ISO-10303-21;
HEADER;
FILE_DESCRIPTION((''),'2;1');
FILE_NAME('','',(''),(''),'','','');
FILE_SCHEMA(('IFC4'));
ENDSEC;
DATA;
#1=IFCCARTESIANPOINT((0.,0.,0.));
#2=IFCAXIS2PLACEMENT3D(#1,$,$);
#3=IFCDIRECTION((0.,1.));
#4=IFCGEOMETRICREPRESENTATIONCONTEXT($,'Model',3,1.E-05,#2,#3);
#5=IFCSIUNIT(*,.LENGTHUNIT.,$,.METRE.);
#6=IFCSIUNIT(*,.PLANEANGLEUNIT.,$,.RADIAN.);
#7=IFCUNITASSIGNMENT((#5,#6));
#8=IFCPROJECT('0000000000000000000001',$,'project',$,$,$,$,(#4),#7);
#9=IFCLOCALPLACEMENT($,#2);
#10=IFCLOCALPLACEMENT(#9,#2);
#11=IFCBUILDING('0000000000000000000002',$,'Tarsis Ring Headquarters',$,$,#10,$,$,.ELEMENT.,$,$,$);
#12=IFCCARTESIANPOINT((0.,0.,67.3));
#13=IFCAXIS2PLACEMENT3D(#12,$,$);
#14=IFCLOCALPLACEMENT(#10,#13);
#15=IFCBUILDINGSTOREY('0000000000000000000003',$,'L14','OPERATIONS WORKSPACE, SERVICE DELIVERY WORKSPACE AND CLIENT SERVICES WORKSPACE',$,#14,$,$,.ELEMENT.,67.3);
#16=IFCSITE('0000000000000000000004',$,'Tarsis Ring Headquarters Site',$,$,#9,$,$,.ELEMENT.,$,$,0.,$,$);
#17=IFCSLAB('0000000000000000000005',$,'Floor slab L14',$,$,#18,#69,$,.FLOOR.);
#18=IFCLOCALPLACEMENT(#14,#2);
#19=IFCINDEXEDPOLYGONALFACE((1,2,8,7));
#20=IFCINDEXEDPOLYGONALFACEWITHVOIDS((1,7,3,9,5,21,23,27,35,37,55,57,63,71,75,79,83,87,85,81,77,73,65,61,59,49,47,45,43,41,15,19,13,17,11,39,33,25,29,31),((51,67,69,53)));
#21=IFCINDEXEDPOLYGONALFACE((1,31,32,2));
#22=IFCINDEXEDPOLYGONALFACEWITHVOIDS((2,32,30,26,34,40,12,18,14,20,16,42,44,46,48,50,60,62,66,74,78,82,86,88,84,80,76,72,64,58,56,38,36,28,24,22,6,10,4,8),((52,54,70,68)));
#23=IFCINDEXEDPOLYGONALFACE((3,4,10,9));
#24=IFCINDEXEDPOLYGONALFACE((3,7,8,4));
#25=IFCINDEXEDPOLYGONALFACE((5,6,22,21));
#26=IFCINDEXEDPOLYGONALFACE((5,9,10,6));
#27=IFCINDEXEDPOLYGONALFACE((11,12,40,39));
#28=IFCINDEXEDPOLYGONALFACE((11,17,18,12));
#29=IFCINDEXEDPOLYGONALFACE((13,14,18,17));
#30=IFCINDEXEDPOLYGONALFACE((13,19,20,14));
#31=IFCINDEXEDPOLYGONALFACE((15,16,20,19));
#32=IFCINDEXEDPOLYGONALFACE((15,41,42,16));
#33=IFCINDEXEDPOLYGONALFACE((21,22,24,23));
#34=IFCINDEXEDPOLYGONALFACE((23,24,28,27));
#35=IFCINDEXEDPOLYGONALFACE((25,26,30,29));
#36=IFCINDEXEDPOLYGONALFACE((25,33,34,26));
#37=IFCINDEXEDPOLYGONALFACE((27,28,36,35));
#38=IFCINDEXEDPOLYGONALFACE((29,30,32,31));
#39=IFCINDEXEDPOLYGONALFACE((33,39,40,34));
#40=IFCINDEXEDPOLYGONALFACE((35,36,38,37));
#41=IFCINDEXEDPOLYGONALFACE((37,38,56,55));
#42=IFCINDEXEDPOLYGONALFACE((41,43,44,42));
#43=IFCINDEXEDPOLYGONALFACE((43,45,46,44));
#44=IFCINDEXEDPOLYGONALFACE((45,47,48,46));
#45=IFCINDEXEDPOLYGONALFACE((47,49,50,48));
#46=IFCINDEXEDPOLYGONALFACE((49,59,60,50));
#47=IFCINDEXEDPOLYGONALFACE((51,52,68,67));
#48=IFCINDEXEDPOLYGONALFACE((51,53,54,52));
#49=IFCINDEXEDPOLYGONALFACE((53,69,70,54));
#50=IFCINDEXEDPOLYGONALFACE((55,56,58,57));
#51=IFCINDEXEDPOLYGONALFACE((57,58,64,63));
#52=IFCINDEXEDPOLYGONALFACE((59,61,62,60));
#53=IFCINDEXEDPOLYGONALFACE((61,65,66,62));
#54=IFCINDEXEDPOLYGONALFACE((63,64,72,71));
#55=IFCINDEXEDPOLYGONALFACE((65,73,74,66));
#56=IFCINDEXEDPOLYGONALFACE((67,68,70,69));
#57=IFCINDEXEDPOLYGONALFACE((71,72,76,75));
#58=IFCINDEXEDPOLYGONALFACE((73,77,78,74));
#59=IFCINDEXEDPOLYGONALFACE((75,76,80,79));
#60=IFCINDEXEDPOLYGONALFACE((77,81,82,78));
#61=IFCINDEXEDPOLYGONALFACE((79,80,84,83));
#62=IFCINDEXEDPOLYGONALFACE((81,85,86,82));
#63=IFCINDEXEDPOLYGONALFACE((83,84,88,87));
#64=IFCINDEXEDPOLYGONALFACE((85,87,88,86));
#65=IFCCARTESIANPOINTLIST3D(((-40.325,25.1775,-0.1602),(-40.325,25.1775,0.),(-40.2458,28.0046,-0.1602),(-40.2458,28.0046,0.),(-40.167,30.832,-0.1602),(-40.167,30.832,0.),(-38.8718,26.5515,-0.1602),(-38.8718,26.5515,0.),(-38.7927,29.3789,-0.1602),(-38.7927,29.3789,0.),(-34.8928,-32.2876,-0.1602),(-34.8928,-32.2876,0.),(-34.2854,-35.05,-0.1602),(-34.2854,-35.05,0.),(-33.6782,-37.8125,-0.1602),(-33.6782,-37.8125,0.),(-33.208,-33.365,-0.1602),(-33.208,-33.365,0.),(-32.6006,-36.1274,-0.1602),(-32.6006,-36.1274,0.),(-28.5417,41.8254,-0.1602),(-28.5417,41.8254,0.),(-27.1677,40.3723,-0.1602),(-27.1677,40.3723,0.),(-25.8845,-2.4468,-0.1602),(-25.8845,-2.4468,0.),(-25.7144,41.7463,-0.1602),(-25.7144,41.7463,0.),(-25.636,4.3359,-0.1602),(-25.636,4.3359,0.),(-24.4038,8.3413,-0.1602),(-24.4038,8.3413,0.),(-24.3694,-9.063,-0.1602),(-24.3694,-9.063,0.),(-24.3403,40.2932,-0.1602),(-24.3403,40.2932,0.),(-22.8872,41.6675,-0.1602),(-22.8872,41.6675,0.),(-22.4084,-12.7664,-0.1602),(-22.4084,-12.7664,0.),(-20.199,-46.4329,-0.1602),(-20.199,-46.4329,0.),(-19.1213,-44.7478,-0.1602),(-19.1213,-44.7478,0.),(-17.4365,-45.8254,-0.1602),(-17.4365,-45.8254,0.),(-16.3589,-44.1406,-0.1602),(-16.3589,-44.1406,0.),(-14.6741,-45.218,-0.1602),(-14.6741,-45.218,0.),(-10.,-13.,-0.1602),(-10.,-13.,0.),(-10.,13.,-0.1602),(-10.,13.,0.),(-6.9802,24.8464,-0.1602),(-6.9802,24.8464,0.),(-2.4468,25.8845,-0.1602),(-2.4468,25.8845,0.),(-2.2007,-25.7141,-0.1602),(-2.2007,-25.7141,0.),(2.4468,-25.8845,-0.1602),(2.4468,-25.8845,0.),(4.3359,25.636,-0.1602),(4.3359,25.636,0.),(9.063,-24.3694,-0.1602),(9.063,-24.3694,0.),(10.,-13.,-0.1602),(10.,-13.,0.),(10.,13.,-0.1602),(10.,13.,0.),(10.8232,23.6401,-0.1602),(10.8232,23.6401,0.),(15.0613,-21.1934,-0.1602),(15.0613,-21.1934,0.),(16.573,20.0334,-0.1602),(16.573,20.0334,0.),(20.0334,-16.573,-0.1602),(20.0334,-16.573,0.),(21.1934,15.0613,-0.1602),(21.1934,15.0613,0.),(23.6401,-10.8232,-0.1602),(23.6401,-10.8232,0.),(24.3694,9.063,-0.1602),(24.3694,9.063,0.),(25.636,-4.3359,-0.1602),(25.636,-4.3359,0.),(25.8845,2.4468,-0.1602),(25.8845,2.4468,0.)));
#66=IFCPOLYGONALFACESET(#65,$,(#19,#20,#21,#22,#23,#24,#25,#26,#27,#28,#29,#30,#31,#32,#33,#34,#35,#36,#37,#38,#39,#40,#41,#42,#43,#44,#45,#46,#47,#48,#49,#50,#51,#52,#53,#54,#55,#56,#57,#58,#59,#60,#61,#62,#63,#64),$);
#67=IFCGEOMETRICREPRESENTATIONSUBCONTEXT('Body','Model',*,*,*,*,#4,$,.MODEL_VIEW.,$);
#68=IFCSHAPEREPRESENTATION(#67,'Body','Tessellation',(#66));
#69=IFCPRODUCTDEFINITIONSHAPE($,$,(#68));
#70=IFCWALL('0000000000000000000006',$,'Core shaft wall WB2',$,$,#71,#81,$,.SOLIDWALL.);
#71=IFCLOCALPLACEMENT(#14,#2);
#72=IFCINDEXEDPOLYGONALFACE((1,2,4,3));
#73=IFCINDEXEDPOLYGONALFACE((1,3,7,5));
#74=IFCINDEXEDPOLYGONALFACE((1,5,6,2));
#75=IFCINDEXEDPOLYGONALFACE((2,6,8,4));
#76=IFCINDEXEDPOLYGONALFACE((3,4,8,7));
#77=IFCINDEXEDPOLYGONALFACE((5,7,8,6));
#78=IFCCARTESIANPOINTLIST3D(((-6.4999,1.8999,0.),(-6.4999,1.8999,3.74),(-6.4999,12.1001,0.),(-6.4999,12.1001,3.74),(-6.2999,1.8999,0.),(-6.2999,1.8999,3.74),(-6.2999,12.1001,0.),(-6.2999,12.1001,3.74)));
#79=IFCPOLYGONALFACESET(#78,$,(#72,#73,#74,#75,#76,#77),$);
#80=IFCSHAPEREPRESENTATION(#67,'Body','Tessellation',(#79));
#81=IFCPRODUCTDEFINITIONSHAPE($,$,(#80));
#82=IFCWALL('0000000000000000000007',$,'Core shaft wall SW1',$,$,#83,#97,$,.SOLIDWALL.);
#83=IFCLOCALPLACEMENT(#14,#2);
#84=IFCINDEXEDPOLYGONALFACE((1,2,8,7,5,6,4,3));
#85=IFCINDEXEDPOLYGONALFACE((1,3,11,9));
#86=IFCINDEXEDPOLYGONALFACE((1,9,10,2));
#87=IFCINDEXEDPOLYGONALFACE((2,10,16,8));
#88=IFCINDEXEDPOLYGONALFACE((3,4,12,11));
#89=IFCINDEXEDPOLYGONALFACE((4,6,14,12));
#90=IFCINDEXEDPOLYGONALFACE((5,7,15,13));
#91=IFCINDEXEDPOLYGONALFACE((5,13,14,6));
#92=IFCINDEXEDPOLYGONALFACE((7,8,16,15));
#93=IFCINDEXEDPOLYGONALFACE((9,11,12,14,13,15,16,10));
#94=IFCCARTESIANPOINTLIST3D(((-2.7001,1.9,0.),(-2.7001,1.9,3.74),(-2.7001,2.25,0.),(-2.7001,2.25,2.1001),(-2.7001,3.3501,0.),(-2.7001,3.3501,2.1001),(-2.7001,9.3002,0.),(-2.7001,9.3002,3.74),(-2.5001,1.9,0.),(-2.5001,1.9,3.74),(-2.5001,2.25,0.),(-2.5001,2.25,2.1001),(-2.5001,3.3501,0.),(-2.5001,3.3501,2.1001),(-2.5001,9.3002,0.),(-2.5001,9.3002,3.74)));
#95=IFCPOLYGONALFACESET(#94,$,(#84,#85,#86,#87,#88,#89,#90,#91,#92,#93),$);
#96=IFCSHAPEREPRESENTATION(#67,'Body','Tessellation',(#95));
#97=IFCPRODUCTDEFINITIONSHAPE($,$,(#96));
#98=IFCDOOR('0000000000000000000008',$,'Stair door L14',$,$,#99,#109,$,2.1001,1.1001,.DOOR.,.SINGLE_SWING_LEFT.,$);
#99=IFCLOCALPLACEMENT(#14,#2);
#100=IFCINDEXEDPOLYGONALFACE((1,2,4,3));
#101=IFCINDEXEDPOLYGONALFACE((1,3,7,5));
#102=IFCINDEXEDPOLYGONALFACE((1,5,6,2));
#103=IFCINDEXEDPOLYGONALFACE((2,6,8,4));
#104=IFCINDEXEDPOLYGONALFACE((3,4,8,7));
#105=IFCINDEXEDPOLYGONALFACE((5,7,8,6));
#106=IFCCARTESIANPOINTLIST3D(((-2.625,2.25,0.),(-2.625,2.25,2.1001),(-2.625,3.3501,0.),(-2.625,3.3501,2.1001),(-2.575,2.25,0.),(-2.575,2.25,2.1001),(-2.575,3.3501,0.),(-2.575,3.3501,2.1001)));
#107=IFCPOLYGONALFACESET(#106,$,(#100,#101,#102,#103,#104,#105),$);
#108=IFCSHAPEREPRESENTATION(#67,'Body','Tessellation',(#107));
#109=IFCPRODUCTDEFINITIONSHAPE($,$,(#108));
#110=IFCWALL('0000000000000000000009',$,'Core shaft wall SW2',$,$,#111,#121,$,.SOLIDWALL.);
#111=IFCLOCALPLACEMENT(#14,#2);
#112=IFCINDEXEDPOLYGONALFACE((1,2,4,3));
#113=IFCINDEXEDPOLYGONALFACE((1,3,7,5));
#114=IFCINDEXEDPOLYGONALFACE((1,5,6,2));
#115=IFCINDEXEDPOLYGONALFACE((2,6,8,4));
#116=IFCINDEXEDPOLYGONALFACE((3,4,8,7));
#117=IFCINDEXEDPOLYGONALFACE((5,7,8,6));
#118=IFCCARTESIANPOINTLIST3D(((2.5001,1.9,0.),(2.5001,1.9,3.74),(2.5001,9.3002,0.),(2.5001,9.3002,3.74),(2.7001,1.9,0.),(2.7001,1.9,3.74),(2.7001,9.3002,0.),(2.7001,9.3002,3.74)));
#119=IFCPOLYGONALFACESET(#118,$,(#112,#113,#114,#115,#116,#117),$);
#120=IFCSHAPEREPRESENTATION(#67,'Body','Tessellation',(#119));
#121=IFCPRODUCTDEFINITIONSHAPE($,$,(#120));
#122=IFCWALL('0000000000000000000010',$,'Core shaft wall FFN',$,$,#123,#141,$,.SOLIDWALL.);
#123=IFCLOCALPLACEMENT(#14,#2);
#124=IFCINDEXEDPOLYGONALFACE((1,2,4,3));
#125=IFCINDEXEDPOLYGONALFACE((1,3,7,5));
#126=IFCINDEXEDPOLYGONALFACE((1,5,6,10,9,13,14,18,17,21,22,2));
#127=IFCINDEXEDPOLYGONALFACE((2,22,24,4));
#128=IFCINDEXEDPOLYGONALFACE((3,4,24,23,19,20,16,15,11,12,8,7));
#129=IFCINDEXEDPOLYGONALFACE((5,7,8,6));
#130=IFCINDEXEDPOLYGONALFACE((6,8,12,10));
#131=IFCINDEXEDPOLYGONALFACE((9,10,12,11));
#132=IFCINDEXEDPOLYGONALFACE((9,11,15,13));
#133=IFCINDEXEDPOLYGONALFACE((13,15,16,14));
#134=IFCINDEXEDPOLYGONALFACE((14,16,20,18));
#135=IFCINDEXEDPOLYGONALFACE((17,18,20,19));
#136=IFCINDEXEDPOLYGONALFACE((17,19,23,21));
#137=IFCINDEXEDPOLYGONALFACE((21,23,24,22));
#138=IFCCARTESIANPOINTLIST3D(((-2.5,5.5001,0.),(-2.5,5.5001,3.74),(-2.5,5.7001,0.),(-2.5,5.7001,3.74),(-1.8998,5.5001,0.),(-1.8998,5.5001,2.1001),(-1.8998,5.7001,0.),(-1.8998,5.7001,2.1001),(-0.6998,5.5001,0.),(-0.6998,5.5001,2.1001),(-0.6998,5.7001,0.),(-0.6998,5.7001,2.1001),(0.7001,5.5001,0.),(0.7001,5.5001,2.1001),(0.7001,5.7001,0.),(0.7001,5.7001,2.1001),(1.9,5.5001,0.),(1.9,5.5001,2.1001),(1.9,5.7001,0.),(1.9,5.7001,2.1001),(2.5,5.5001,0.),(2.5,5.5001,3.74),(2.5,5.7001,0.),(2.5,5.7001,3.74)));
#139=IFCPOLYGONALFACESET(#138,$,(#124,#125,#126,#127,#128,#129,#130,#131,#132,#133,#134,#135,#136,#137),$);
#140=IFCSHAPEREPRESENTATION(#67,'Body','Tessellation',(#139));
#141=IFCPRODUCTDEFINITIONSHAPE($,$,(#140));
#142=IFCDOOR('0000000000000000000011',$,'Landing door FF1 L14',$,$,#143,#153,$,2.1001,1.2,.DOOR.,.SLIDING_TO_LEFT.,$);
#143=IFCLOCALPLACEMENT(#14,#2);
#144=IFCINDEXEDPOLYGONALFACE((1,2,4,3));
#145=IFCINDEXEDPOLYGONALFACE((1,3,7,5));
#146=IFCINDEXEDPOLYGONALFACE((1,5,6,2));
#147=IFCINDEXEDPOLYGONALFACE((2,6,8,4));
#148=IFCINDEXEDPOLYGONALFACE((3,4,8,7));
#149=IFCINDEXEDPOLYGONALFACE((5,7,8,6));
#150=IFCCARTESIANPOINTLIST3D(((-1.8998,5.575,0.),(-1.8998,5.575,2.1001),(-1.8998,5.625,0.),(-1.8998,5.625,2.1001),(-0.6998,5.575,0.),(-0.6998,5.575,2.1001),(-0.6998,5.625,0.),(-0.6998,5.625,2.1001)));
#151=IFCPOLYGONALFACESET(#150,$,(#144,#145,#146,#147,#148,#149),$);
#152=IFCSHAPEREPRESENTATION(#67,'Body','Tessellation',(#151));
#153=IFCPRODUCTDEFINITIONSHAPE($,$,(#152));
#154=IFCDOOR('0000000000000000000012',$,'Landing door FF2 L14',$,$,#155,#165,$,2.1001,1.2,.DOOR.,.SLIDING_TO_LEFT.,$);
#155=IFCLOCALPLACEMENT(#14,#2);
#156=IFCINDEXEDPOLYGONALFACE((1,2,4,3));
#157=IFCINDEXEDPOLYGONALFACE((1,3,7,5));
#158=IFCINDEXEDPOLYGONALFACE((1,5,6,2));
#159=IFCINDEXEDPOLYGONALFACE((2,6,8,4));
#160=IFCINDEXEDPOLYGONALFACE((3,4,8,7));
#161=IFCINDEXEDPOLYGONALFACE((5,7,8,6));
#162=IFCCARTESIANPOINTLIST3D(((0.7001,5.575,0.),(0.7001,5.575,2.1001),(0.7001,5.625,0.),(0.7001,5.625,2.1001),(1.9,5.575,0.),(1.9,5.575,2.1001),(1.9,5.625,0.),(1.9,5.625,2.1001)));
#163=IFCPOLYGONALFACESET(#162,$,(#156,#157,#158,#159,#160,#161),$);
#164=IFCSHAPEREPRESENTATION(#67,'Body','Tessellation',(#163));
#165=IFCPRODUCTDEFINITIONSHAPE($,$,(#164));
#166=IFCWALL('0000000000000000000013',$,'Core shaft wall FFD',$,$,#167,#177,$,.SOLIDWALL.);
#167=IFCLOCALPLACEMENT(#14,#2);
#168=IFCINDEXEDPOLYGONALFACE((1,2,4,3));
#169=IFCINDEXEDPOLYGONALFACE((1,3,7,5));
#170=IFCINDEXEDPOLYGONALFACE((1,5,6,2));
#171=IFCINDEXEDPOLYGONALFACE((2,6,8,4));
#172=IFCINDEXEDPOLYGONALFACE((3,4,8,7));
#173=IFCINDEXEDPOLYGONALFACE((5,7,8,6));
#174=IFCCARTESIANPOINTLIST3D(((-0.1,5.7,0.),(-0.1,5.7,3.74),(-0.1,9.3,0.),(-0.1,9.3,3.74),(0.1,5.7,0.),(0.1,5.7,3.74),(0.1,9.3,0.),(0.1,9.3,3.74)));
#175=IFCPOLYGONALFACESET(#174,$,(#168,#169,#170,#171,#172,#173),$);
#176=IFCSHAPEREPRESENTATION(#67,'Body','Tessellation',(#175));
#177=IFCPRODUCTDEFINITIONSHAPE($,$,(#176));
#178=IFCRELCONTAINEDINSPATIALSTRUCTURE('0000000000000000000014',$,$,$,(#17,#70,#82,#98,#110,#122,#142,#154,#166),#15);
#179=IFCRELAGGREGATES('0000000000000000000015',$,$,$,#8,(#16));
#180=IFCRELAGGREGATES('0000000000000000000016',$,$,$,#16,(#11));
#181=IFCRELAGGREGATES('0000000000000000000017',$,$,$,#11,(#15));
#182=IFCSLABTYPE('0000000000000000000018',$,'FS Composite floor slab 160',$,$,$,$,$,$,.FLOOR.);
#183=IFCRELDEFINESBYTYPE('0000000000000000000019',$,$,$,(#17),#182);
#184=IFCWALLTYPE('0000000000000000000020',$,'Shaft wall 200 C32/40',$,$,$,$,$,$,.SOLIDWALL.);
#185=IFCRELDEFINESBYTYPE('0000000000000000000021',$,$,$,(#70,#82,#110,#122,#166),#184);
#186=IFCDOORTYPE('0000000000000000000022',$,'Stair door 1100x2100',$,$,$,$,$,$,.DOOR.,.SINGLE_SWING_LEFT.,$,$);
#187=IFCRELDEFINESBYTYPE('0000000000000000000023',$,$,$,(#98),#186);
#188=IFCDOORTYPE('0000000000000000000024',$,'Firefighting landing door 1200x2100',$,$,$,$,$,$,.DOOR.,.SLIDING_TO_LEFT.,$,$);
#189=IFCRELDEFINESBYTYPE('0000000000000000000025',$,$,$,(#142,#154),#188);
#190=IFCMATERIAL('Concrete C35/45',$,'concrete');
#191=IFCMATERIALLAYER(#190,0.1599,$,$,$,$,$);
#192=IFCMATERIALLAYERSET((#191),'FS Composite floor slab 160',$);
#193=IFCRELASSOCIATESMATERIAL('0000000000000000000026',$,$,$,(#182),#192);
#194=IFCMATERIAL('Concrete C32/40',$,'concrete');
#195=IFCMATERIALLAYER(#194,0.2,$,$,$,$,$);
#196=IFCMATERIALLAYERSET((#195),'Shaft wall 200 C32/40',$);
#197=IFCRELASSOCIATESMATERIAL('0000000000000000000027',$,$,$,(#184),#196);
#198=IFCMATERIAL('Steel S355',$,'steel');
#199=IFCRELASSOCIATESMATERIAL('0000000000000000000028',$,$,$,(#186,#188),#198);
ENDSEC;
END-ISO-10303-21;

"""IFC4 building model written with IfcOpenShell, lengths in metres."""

from ifc_helpers import new_model, si_unit, direction, frame, frame_2d, origin, place, context, subcontext, project, spatial, polyline, rectangle, outline, extrude, material, layer, layer_set, type_object, element, fill, save


model = new_model("IFC4")

# Units and contexts
model_context = context("Model", 3, precision=1e-05, world=origin(), true_north=direction((0.0, 1.0)))
body_context = subcontext(model_context, "Body", "Model", "MODEL_VIEW")
ifc_project = project(units=[si_unit("LENGTHUNIT", "METRE"), si_unit("PLANEANGLEUNIT", "RADIAN")], contexts=[model_context])

# Site, building, storey
site_placement = place(None, origin())
site = spatial("IfcSite", under=ifc_project, at=site_placement, Name="Tarsis Ring Headquarters Site", CompositionType="ELEMENT", RefElevation=0.0)
building_placement = place(site_placement, origin())
building = spatial("IfcBuilding", under=site, at=building_placement, Name="Tarsis Ring Headquarters", CompositionType="ELEMENT")
storey_placement = place(building_placement, frame((0.0, 0.0, 67.3)))
storey = spatial("IfcBuildingStorey", under=building, at=storey_placement, Name="L14", Description="OPERATIONS WORKSPACE, SERVICE DELIVERY WORKSPACE AND CLIENT SERVICES WORKSPACE", CompositionType="ELEMENT", Elevation=67.3)

# Slab
ifc_material_1 = material(Name="Concrete C35/45", Category="concrete")
ifc_layer_1 = layer(ifc_material_1, 0.1599)
ifc_layer_set_1 = layer_set([ifc_layer_1], Name="FS Composite floor slab 160")
slab_type_1 = type_object("IfcSlabType", Name="FS Composite floor slab 160", PredefinedType="FLOOR", material=ifc_layer_set_1)
slab_1_placement = place(storey_placement, frame((0.0, 0.0, -0.1602)))
element("IfcSlab", 1, at=slab_1_placement, inside=storey, type_object=slab_type_1, Name="Floor slab L14", PredefinedType="FLOOR", context=body_context, shape_type="SweptSolid", body=[
    extrude(outline(polyline([(-24.4038, 8.3413), (-25.636, 4.3359), (-25.8845, -2.4468), (-24.3694, -9.063), (-22.4084, -12.7664), (-34.8928, -32.2876), (-33.208, -33.365), (-34.2854, -35.05), (-32.6006, -36.1274), (-33.6782, -37.8125), (-20.199, -46.4329), (-19.1213, -44.7478), (-17.4365, -45.8254), (-16.3589, -44.1406), (-14.6741, -45.218), (-2.2007, -25.7141), (2.4468, -25.8845), (9.063, -24.3694), (15.0613, -21.1934), (20.0334, -16.573), (23.6401, -10.8232), (25.636, -4.3359), (25.8845, 2.4468), (24.3694, 9.063), (21.1934, 15.0613), (16.573, 20.0334), (10.8232, 23.6401), (4.3359, 25.636), (-2.4468, 25.8845), (-6.9802, 24.8464), (-22.8872, 41.6675), (-24.3403, 40.2932), (-25.7144, 41.7463), (-27.1677, 40.3723), (-28.5417, 41.8254), (-40.167, 30.832), (-38.7927, 29.3789), (-40.2458, 28.0046), (-38.8718, 26.5515), (-40.325, 25.1775), (-24.4038, 8.3413)]), holes=[polyline([(-10.0, -13.0), (-10.0, 13.0), (10.0, 13.0), (10.0, -13.0), (-10.0, -13.0)])]), origin(), (0.0, 0.0, 1.0), 0.1602),
])

# Wall
ifc_material_2 = material(Name="Concrete C32/40", Category="concrete")
ifc_layer_2 = layer(ifc_material_2, 0.2)
ifc_layer_set_2 = layer_set([ifc_layer_2], Name="Shaft wall 200 C32/40")
wall_type = type_object("IfcWallType", Name="Shaft wall 200 C32/40", PredefinedType="SOLIDWALL", material=ifc_layer_set_2)
wall_1_placement = place(storey_placement, frame((-6.3999, 1.8999, 0.0), z_axis=(0.0, 0.0, 1.0), x_axis=(0.0, 1.0, 0.0)))
element("IfcWall", 2, at=wall_1_placement, inside=storey, type_object=wall_type, Name="Core shaft wall WB2", PredefinedType="SOLIDWALL", context=body_context, shape_type="SweptSolid", body=[
    extrude(rectangle(XDim=10.2002, YDim=0.2, at=frame_2d((5.1001, 0.0))), origin(), (0.0, 0.0, 1.0), 3.74),
])

# Wall, opening, door
wall_2_placement = place(storey_placement, frame((-2.6001, 1.8999, 0.0), z_axis=(0.0, 0.0, 1.0), x_axis=(0.0, 1.0, 0.0)))
wall_2 = element("IfcWall", 3, at=wall_2_placement, inside=storey, type_object=wall_type, Name="Core shaft wall SW1", PredefinedType="SOLIDWALL", context=body_context, shape_type="SweptSolid", body=[
    extrude(rectangle(XDim=7.4001, YDim=0.2, at=frame_2d((3.7002, 0.0))), origin(), (0.0, 0.0, 1.0), 3.74),
])
opening_1_placement = place(wall_2_placement, frame((0.3501, 0.0, 0.0)))
opening_1 = element("IfcOpeningElement", 4, at=opening_1_placement, cuts=wall_2, PredefinedType="OPENING", context=body_context, shape_type="SweptSolid", body=[
    extrude(rectangle(XDim=1.1001, YDim=2.1001, at=frame_2d((0.55, 1.05))), frame((0.0, 0.1099, 0.0), z_axis=(0.0, -1.0, 0.0), x_axis=(1.0, 0.0, 0.0)), (0.0, 0.0, 1.0), 0.22),
])
ifc_material_3 = material(Name="Steel S355", Category="steel")
door_type_1 = type_object("IfcDoorType", Name="Stair door 1100x2100", OperationType="SINGLE_SWING_LEFT", PredefinedType="DOOR", material=ifc_material_3)
door_1_placement = place(opening_1_placement, origin())
door_1 = element("IfcDoor", 5, at=door_1_placement, inside=storey, type_object=door_type_1, Name="Stair door L14", OperationType="SINGLE_SWING_LEFT", OverallHeight=2.1001, OverallWidth=1.1001, PredefinedType="DOOR", context=body_context, shape_type="SweptSolid", body=[
    extrude(rectangle(XDim=1.1001, YDim=2.1001, at=frame_2d((0.55, 1.05))), frame((0.0, 0.0249, 0.0), z_axis=(0.0, -1.0, 0.0), x_axis=(1.0, 0.0, 0.0)), (0.0, 0.0, 1.0), 0.05),
])
fill(opening_1, door_1)

# Wall
wall_3_placement = place(storey_placement, frame((2.6001, 1.8999, 0.0), z_axis=(0.0, 0.0, 1.0), x_axis=(0.0, 1.0, 0.0)))
element("IfcWall", 6, at=wall_3_placement, inside=storey, type_object=wall_type, Name="Core shaft wall SW2", PredefinedType="SOLIDWALL", context=body_context, shape_type="SweptSolid", body=[
    extrude(rectangle(XDim=7.4001, YDim=0.2, at=frame_2d((3.7002, 0.0))), origin(), (0.0, 0.0, 1.0), 3.74),
])

# Wall, openings, doors
wall_4_placement = place(storey_placement, frame((-2.5, 5.6001, 0.0), z_axis=(0.0, 0.0, 1.0), x_axis=(1.0, 0.0, 0.0)))
wall_4 = element("IfcWall", 7, at=wall_4_placement, inside=storey, type_object=wall_type, Name="Core shaft wall FFN", PredefinedType="SOLIDWALL", context=body_context, shape_type="SweptSolid", body=[
    extrude(rectangle(XDim=5.0, YDim=0.2, at=frame_2d((2.5, 0.0))), origin(), (0.0, 0.0, 1.0), 3.74),
])
opening_2_placement = place(wall_4_placement, frame((0.6001, 0.0, 0.0)))
opening_2 = element("IfcOpeningElement", 8, at=opening_2_placement, cuts=wall_4, PredefinedType="OPENING", context=body_context, shape_type="SweptSolid", body=[
    extrude(rectangle(XDim=1.2, YDim=2.1001, at=frame_2d((0.6001, 1.05))), frame((0.0, 0.1099, 0.0), z_axis=(0.0, -1.0, 0.0), x_axis=(1.0, 0.0, 0.0)), (0.0, 0.0, 1.0), 0.22),
])
opening_3_placement = place(wall_4_placement, frame((3.2, 0.0, 0.0)))
opening_3 = element("IfcOpeningElement", 9, at=opening_3_placement, cuts=wall_4, PredefinedType="OPENING", context=body_context, shape_type="SweptSolid", body=[
    extrude(rectangle(XDim=1.2, YDim=2.1001, at=frame_2d((0.6001, 1.05))), frame((0.0, 0.1099, 0.0), z_axis=(0.0, -1.0, 0.0), x_axis=(1.0, 0.0, 0.0)), (0.0, 0.0, 1.0), 0.22),
])
door_type_2 = type_object("IfcDoorType", Name="Firefighting landing door 1200x2100", OperationType="SLIDING_TO_LEFT", PredefinedType="DOOR", material=ifc_material_3)
door_2_placement = place(opening_2_placement, origin())
door_2 = element("IfcDoor", 10, at=door_2_placement, inside=storey, type_object=door_type_2, Name="Landing door FF1 L14", OperationType="SLIDING_TO_LEFT", OverallHeight=2.1001, OverallWidth=1.2, PredefinedType="DOOR", context=body_context, shape_type="SweptSolid", body=[
    extrude(rectangle(XDim=1.2, YDim=2.1001, at=frame_2d((0.6001, 1.05))), frame((0.0, 0.0249, 0.0), z_axis=(0.0, -1.0, 0.0), x_axis=(1.0, 0.0, 0.0)), (0.0, 0.0, 1.0), 0.05),
])
fill(opening_2, door_2)
door_3_placement = place(opening_3_placement, origin())
door_3 = element("IfcDoor", 11, at=door_3_placement, inside=storey, type_object=door_type_2, Name="Landing door FF2 L14", OperationType="SLIDING_TO_LEFT", OverallHeight=2.1001, OverallWidth=1.2, PredefinedType="DOOR", context=body_context, shape_type="SweptSolid", body=[
    extrude(rectangle(XDim=1.2, YDim=2.1001, at=frame_2d((0.6001, 1.05))), frame((0.0, 0.0249, 0.0), z_axis=(0.0, -1.0, 0.0), x_axis=(1.0, 0.0, 0.0)), (0.0, 0.0, 1.0), 0.05),
])
fill(opening_3, door_3)

# Wall
wall_5_placement = place(storey_placement, frame((0.0, 5.7, 0.0), z_axis=(0.0, 0.0, 1.0), x_axis=(0.0, 1.0, 0.0)))
element("IfcWall", 12, at=wall_5_placement, inside=storey, type_object=wall_type, Name="Core shaft wall FFD", PredefinedType="SOLIDWALL", context=body_context, shape_type="SweptSolid", body=[
    extrude(rectangle(XDim=3.6001, YDim=0.2, at=frame_2d((1.8, 0.0))), origin(), (0.0, 0.0, 1.0), 3.74),
])

save(model, "model.ifc")
